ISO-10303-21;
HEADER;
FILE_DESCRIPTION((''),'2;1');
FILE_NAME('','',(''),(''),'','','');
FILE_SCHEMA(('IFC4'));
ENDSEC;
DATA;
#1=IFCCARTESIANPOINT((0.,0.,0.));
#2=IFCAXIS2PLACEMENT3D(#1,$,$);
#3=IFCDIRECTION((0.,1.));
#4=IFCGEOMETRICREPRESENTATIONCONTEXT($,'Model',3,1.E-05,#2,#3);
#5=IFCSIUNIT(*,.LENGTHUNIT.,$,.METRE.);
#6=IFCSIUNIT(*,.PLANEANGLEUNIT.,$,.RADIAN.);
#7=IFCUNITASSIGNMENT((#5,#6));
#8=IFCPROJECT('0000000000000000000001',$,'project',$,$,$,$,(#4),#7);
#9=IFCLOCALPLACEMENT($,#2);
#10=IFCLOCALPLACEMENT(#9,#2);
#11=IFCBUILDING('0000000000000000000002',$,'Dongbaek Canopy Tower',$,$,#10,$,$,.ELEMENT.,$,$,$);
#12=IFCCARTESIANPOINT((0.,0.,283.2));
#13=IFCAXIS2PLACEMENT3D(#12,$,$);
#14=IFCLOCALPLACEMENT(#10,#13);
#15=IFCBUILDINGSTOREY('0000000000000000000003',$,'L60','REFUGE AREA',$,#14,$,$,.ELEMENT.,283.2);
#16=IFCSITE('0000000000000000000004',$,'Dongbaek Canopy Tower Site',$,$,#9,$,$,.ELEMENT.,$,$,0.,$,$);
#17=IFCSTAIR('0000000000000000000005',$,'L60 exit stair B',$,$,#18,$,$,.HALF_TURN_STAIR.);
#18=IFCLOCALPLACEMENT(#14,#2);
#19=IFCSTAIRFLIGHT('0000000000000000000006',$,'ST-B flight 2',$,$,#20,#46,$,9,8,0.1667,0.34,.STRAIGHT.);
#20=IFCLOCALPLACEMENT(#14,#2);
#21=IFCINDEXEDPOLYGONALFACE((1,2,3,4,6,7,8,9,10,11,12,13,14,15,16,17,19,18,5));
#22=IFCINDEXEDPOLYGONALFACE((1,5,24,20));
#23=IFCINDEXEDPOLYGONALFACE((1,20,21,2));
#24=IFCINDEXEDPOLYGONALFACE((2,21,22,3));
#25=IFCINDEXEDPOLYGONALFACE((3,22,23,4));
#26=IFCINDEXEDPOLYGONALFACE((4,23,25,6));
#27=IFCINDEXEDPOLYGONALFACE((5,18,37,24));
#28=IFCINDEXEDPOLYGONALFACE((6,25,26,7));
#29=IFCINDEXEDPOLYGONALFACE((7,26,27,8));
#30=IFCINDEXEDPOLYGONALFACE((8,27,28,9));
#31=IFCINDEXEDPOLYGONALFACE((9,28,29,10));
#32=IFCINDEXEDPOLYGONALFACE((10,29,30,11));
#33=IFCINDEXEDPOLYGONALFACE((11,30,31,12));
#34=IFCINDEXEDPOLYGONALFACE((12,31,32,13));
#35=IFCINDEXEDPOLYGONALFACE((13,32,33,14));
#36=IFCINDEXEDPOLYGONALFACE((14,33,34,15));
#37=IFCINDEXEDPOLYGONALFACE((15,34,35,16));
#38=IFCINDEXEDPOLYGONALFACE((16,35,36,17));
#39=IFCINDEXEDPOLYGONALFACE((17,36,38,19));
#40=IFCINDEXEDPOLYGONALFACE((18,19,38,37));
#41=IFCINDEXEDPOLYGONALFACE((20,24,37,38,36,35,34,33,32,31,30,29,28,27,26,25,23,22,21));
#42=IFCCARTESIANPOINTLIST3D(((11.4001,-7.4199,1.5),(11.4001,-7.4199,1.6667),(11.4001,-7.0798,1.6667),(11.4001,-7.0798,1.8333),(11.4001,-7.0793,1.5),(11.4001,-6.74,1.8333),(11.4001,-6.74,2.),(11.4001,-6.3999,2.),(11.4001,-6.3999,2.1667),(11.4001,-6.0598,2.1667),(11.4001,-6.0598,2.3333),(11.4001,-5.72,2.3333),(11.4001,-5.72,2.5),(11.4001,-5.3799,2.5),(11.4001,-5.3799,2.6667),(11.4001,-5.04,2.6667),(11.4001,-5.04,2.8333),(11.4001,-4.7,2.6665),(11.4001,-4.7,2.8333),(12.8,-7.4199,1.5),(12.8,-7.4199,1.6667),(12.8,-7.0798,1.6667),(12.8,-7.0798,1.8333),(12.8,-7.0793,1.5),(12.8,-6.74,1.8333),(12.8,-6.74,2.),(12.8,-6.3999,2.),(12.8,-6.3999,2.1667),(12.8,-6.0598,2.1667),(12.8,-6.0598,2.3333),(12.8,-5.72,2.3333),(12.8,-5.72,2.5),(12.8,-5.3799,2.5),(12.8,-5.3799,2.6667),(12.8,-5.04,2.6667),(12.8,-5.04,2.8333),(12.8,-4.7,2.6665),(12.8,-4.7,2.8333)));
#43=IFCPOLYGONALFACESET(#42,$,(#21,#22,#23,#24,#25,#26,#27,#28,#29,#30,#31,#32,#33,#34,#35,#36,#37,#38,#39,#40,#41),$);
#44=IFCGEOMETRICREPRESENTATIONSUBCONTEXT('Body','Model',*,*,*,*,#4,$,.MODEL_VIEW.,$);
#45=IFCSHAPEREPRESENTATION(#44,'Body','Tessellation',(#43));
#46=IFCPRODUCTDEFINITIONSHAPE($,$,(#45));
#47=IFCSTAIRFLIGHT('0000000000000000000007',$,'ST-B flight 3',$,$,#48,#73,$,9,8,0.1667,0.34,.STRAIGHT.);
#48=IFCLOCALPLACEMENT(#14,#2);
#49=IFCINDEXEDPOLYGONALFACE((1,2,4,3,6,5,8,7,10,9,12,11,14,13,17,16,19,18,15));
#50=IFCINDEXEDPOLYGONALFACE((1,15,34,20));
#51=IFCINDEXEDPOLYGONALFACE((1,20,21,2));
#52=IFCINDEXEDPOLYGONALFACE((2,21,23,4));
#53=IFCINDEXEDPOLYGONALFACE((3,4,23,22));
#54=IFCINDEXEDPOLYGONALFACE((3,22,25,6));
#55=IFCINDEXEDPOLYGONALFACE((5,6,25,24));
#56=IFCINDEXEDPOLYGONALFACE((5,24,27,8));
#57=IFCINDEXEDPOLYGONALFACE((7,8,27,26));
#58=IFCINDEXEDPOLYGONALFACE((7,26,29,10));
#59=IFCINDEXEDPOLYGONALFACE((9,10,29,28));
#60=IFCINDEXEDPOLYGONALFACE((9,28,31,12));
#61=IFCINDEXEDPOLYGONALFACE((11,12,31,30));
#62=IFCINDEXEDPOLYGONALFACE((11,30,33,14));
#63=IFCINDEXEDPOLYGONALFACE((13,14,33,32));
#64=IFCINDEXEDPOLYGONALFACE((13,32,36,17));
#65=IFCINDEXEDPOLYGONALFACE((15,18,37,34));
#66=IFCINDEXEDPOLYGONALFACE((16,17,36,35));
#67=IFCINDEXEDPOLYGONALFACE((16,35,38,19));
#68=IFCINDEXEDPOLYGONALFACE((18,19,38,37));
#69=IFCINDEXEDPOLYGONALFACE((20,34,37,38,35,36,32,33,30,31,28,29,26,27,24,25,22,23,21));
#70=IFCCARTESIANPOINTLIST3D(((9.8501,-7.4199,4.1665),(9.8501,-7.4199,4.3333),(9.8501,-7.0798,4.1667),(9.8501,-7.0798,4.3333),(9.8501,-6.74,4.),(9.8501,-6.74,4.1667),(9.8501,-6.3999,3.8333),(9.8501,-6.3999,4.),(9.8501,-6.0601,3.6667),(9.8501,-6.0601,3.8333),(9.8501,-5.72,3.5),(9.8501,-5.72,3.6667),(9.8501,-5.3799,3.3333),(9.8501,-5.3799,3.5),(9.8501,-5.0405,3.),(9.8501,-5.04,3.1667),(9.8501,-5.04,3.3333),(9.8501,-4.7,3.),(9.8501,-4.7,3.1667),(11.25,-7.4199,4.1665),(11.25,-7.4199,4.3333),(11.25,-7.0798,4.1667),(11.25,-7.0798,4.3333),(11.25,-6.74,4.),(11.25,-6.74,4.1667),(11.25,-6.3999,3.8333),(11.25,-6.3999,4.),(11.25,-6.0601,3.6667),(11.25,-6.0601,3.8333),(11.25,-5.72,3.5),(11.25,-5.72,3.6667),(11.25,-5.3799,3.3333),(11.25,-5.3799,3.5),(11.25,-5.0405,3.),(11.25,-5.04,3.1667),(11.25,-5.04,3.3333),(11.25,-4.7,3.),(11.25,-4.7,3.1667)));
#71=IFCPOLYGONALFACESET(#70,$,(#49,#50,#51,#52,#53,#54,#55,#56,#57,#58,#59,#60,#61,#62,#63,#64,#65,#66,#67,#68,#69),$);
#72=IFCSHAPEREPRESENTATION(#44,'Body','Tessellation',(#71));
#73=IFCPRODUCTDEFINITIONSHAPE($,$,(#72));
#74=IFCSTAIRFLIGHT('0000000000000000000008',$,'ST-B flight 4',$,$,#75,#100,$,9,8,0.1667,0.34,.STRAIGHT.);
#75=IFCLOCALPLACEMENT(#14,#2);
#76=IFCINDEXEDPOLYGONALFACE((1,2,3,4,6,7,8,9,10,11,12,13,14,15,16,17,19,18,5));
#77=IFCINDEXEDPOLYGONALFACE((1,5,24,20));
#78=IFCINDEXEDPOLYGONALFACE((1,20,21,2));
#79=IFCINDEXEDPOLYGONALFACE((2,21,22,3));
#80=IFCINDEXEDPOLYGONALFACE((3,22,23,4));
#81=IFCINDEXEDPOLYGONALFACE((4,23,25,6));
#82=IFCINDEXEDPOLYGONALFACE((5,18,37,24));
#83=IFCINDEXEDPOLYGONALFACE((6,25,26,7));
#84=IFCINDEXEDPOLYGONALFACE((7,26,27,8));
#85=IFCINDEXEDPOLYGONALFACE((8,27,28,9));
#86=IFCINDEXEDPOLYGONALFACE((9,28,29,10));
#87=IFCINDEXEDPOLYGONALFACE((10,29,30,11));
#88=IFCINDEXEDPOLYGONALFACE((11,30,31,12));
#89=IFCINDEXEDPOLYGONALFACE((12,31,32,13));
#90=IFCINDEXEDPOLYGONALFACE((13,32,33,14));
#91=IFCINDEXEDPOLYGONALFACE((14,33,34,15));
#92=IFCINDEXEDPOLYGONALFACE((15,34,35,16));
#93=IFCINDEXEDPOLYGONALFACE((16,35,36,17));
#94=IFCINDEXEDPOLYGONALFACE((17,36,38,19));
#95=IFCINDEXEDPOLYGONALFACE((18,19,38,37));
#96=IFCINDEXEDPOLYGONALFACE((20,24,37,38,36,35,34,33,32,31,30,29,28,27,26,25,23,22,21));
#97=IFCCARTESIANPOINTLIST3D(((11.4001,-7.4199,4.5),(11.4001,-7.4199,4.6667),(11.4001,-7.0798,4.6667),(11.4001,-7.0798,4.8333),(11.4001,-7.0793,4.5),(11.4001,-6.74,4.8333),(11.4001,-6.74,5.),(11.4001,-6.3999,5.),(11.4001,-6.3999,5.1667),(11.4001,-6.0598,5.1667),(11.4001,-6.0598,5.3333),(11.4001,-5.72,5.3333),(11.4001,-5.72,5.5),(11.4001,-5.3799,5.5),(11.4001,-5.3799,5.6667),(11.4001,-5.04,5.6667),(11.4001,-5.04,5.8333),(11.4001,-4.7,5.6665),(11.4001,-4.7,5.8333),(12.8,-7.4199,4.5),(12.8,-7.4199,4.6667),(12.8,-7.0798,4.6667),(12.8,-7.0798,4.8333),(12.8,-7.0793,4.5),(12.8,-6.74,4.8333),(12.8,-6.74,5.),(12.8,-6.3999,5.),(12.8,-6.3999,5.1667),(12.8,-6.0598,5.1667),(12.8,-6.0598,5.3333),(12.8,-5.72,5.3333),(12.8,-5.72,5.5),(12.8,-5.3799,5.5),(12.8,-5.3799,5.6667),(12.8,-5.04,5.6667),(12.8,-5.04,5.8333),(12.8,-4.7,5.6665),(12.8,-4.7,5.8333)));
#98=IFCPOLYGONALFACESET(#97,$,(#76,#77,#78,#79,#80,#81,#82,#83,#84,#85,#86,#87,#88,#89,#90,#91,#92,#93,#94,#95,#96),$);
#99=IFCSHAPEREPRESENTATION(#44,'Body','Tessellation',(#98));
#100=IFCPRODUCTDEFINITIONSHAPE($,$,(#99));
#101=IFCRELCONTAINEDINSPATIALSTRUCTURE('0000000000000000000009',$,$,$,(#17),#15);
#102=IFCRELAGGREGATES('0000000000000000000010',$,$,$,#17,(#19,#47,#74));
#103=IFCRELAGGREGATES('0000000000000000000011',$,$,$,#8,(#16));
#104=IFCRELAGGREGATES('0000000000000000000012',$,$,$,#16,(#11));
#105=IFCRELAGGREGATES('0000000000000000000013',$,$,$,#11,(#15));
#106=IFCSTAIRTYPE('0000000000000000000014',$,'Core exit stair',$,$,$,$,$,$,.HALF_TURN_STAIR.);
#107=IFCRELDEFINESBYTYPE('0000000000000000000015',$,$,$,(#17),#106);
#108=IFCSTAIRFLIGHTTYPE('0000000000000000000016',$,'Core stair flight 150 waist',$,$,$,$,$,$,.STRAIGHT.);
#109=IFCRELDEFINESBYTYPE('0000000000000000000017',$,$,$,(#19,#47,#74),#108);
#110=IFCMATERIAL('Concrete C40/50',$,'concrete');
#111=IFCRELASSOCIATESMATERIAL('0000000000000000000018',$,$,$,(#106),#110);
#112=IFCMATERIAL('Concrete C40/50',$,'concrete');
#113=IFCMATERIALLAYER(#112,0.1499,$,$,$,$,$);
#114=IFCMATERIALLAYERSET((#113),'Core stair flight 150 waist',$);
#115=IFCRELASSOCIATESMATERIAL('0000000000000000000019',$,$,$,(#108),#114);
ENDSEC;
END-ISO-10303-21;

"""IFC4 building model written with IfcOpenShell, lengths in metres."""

from ifc_helpers import new_model, si_unit, direction, frame, origin, place, context, subcontext, project, spatial, polyline, outline, extrude, material, layer, layer_set, type_object, element, aggregate, save


model = new_model("IFC4")

# Units and contexts
model_context = context("Model", 3, precision=1e-05, world=origin(), true_north=direction((0.0, 1.0)))
body_context = subcontext(model_context, "Body", "Model", "MODEL_VIEW")
ifc_project = project(units=[si_unit("LENGTHUNIT", "METRE"), si_unit("PLANEANGLEUNIT", "RADIAN")], contexts=[model_context])

# Site, building, storey
site_placement = place(None, origin())
site = spatial("IfcSite", under=ifc_project, at=site_placement, Name="Dongbaek Canopy Tower Site", CompositionType="ELEMENT", RefElevation=0.0)
building_placement = place(site_placement, origin())
building = spatial("IfcBuilding", under=site, at=building_placement, Name="Dongbaek Canopy Tower", CompositionType="ELEMENT")
storey_placement = place(building_placement, frame((0.0, 0.0, 283.2)))
storey = spatial("IfcBuildingStorey", under=building, at=storey_placement, Name="L60", Description="REFUGE AREA", CompositionType="ELEMENT", Elevation=283.2)

# Stair, stair flights
ifc_material_1 = material(Name="Concrete C40/50", Category="concrete")
stair_type = type_object("IfcStairType", Name="Core exit stair", PredefinedType="HALF_TURN_STAIR", material=ifc_material_1)
stair_placement = place(storey_placement, origin())
stair = element("IfcStair", 1, at=stair_placement, inside=storey, type_object=stair_type, Name="L60 exit stair B", PredefinedType="HALF_TURN_STAIR")
ifc_material_2 = material(Name="Concrete C40/50", Category="concrete")
ifc_layer_1 = layer(ifc_material_2, 0.1499)
ifc_layer_set_1 = layer_set([ifc_layer_1], Name="Core stair flight 150 waist")
stair_flight_type = type_object("IfcStairFlightType", Name="Core stair flight 150 waist", PredefinedType="STRAIGHT", material=ifc_layer_set_1)
stair_flight_1_placement = place(storey_placement, frame((12.1001, -7.4199, 1.5), z_axis=(0.0, 0.0, 1.0), x_axis=(0.0, 1.0, 0.0)))
stair_flight_1 = element("IfcStairFlight", 2, at=stair_flight_1_placement, type_object=stair_flight_type, Name="ST-B flight 2", NumberOfRisers=9, NumberOfTreads=8, PredefinedType="STRAIGHT", RiserHeight=0.1667, TreadLength=0.34, context=body_context, shape_type="SweptSolid", body=[
    extrude(outline(polyline([(0.0, 0.0), (0.0, 0.1667), (0.3401, 0.1667), (0.3401, 0.3333), (0.6799, 0.3333), (0.6799, 0.5), (1.02, 0.5), (1.02, 0.6667), (1.3601, 0.6667), (1.3601, 0.8333), (1.7, 0.8333), (1.7, 1.0), (2.04, 1.0), (2.04, 1.1667), (2.3799, 1.1667), (2.3799, 1.3333), (2.72, 1.3333), (2.72, 1.5), (2.72, 1.1665), (0.3406, 0.0), (0.0, 0.0)])), frame((0.0, 0.7, 0.0), z_axis=(0.0, -1.0, 0.0), x_axis=(1.0, 0.0, 0.0)), (0.0, 0.0, 1.0), 1.3999),
])
stair_flight_2_placement = place(storey_placement, frame((10.55, -4.7, 3.0), z_axis=(0.0, 0.0, 1.0), x_axis=(0.0, -1.0, 0.0)))
stair_flight_2 = element("IfcStairFlight", 3, at=stair_flight_2_placement, type_object=stair_flight_type, Name="ST-B flight 3", NumberOfRisers=9, NumberOfTreads=8, PredefinedType="STRAIGHT", RiserHeight=0.1667, TreadLength=0.34, context=body_context, shape_type="SweptSolid", body=[
    extrude(outline(polyline([(0.0, 0.0), (0.0, 0.1667), (0.3401, 0.1667), (0.3401, 0.3333), (0.6799, 0.3333), (0.6799, 0.5), (1.02, 0.5), (1.02, 0.6667), (1.3601, 0.6667), (1.3601, 0.8333), (1.7, 0.8333), (1.7, 1.0), (2.04, 1.0), (2.04, 1.1667), (2.3799, 1.1667), (2.3799, 1.3333), (2.72, 1.3333), (2.72, 1.5), (2.72, 1.1665), (0.3406, 0.0), (0.0, 0.0)])), frame((0.0, 0.7, 0.0), z_axis=(0.0, -1.0, 0.0), x_axis=(1.0, 0.0, 0.0)), (0.0, 0.0, 1.0), 1.3999),
])
stair_flight_3_placement = place(storey_placement, frame((12.1001, -7.4199, 4.5), z_axis=(0.0, 0.0, 1.0), x_axis=(0.0, 1.0, 0.0)))
stair_flight_3 = element("IfcStairFlight", 4, at=stair_flight_3_placement, type_object=stair_flight_type, Name="ST-B flight 4", NumberOfRisers=9, NumberOfTreads=8, PredefinedType="STRAIGHT", RiserHeight=0.1667, TreadLength=0.34, context=body_context, shape_type="SweptSolid", body=[
    extrude(outline(polyline([(0.0, 0.0), (0.0, 0.1667), (0.3401, 0.1667), (0.3401, 0.3333), (0.6799, 0.3333), (0.6799, 0.5), (1.02, 0.5), (1.02, 0.6667), (1.3601, 0.6667), (1.3601, 0.8333), (1.7, 0.8333), (1.7, 1.0), (2.04, 1.0), (2.04, 1.1667), (2.3799, 1.1667), (2.3799, 1.3333), (2.72, 1.3333), (2.72, 1.5), (2.72, 1.1665), (0.3406, 0.0), (0.0, 0.0)])), frame((0.0, 0.7, 0.0), z_axis=(0.0, -1.0, 0.0), x_axis=(1.0, 0.0, 0.0)), (0.0, 0.0, 1.0), 1.3999),
])
aggregate(stair, [stair_flight_1, stair_flight_2, stair_flight_3])

save(model, "model.ifc")
